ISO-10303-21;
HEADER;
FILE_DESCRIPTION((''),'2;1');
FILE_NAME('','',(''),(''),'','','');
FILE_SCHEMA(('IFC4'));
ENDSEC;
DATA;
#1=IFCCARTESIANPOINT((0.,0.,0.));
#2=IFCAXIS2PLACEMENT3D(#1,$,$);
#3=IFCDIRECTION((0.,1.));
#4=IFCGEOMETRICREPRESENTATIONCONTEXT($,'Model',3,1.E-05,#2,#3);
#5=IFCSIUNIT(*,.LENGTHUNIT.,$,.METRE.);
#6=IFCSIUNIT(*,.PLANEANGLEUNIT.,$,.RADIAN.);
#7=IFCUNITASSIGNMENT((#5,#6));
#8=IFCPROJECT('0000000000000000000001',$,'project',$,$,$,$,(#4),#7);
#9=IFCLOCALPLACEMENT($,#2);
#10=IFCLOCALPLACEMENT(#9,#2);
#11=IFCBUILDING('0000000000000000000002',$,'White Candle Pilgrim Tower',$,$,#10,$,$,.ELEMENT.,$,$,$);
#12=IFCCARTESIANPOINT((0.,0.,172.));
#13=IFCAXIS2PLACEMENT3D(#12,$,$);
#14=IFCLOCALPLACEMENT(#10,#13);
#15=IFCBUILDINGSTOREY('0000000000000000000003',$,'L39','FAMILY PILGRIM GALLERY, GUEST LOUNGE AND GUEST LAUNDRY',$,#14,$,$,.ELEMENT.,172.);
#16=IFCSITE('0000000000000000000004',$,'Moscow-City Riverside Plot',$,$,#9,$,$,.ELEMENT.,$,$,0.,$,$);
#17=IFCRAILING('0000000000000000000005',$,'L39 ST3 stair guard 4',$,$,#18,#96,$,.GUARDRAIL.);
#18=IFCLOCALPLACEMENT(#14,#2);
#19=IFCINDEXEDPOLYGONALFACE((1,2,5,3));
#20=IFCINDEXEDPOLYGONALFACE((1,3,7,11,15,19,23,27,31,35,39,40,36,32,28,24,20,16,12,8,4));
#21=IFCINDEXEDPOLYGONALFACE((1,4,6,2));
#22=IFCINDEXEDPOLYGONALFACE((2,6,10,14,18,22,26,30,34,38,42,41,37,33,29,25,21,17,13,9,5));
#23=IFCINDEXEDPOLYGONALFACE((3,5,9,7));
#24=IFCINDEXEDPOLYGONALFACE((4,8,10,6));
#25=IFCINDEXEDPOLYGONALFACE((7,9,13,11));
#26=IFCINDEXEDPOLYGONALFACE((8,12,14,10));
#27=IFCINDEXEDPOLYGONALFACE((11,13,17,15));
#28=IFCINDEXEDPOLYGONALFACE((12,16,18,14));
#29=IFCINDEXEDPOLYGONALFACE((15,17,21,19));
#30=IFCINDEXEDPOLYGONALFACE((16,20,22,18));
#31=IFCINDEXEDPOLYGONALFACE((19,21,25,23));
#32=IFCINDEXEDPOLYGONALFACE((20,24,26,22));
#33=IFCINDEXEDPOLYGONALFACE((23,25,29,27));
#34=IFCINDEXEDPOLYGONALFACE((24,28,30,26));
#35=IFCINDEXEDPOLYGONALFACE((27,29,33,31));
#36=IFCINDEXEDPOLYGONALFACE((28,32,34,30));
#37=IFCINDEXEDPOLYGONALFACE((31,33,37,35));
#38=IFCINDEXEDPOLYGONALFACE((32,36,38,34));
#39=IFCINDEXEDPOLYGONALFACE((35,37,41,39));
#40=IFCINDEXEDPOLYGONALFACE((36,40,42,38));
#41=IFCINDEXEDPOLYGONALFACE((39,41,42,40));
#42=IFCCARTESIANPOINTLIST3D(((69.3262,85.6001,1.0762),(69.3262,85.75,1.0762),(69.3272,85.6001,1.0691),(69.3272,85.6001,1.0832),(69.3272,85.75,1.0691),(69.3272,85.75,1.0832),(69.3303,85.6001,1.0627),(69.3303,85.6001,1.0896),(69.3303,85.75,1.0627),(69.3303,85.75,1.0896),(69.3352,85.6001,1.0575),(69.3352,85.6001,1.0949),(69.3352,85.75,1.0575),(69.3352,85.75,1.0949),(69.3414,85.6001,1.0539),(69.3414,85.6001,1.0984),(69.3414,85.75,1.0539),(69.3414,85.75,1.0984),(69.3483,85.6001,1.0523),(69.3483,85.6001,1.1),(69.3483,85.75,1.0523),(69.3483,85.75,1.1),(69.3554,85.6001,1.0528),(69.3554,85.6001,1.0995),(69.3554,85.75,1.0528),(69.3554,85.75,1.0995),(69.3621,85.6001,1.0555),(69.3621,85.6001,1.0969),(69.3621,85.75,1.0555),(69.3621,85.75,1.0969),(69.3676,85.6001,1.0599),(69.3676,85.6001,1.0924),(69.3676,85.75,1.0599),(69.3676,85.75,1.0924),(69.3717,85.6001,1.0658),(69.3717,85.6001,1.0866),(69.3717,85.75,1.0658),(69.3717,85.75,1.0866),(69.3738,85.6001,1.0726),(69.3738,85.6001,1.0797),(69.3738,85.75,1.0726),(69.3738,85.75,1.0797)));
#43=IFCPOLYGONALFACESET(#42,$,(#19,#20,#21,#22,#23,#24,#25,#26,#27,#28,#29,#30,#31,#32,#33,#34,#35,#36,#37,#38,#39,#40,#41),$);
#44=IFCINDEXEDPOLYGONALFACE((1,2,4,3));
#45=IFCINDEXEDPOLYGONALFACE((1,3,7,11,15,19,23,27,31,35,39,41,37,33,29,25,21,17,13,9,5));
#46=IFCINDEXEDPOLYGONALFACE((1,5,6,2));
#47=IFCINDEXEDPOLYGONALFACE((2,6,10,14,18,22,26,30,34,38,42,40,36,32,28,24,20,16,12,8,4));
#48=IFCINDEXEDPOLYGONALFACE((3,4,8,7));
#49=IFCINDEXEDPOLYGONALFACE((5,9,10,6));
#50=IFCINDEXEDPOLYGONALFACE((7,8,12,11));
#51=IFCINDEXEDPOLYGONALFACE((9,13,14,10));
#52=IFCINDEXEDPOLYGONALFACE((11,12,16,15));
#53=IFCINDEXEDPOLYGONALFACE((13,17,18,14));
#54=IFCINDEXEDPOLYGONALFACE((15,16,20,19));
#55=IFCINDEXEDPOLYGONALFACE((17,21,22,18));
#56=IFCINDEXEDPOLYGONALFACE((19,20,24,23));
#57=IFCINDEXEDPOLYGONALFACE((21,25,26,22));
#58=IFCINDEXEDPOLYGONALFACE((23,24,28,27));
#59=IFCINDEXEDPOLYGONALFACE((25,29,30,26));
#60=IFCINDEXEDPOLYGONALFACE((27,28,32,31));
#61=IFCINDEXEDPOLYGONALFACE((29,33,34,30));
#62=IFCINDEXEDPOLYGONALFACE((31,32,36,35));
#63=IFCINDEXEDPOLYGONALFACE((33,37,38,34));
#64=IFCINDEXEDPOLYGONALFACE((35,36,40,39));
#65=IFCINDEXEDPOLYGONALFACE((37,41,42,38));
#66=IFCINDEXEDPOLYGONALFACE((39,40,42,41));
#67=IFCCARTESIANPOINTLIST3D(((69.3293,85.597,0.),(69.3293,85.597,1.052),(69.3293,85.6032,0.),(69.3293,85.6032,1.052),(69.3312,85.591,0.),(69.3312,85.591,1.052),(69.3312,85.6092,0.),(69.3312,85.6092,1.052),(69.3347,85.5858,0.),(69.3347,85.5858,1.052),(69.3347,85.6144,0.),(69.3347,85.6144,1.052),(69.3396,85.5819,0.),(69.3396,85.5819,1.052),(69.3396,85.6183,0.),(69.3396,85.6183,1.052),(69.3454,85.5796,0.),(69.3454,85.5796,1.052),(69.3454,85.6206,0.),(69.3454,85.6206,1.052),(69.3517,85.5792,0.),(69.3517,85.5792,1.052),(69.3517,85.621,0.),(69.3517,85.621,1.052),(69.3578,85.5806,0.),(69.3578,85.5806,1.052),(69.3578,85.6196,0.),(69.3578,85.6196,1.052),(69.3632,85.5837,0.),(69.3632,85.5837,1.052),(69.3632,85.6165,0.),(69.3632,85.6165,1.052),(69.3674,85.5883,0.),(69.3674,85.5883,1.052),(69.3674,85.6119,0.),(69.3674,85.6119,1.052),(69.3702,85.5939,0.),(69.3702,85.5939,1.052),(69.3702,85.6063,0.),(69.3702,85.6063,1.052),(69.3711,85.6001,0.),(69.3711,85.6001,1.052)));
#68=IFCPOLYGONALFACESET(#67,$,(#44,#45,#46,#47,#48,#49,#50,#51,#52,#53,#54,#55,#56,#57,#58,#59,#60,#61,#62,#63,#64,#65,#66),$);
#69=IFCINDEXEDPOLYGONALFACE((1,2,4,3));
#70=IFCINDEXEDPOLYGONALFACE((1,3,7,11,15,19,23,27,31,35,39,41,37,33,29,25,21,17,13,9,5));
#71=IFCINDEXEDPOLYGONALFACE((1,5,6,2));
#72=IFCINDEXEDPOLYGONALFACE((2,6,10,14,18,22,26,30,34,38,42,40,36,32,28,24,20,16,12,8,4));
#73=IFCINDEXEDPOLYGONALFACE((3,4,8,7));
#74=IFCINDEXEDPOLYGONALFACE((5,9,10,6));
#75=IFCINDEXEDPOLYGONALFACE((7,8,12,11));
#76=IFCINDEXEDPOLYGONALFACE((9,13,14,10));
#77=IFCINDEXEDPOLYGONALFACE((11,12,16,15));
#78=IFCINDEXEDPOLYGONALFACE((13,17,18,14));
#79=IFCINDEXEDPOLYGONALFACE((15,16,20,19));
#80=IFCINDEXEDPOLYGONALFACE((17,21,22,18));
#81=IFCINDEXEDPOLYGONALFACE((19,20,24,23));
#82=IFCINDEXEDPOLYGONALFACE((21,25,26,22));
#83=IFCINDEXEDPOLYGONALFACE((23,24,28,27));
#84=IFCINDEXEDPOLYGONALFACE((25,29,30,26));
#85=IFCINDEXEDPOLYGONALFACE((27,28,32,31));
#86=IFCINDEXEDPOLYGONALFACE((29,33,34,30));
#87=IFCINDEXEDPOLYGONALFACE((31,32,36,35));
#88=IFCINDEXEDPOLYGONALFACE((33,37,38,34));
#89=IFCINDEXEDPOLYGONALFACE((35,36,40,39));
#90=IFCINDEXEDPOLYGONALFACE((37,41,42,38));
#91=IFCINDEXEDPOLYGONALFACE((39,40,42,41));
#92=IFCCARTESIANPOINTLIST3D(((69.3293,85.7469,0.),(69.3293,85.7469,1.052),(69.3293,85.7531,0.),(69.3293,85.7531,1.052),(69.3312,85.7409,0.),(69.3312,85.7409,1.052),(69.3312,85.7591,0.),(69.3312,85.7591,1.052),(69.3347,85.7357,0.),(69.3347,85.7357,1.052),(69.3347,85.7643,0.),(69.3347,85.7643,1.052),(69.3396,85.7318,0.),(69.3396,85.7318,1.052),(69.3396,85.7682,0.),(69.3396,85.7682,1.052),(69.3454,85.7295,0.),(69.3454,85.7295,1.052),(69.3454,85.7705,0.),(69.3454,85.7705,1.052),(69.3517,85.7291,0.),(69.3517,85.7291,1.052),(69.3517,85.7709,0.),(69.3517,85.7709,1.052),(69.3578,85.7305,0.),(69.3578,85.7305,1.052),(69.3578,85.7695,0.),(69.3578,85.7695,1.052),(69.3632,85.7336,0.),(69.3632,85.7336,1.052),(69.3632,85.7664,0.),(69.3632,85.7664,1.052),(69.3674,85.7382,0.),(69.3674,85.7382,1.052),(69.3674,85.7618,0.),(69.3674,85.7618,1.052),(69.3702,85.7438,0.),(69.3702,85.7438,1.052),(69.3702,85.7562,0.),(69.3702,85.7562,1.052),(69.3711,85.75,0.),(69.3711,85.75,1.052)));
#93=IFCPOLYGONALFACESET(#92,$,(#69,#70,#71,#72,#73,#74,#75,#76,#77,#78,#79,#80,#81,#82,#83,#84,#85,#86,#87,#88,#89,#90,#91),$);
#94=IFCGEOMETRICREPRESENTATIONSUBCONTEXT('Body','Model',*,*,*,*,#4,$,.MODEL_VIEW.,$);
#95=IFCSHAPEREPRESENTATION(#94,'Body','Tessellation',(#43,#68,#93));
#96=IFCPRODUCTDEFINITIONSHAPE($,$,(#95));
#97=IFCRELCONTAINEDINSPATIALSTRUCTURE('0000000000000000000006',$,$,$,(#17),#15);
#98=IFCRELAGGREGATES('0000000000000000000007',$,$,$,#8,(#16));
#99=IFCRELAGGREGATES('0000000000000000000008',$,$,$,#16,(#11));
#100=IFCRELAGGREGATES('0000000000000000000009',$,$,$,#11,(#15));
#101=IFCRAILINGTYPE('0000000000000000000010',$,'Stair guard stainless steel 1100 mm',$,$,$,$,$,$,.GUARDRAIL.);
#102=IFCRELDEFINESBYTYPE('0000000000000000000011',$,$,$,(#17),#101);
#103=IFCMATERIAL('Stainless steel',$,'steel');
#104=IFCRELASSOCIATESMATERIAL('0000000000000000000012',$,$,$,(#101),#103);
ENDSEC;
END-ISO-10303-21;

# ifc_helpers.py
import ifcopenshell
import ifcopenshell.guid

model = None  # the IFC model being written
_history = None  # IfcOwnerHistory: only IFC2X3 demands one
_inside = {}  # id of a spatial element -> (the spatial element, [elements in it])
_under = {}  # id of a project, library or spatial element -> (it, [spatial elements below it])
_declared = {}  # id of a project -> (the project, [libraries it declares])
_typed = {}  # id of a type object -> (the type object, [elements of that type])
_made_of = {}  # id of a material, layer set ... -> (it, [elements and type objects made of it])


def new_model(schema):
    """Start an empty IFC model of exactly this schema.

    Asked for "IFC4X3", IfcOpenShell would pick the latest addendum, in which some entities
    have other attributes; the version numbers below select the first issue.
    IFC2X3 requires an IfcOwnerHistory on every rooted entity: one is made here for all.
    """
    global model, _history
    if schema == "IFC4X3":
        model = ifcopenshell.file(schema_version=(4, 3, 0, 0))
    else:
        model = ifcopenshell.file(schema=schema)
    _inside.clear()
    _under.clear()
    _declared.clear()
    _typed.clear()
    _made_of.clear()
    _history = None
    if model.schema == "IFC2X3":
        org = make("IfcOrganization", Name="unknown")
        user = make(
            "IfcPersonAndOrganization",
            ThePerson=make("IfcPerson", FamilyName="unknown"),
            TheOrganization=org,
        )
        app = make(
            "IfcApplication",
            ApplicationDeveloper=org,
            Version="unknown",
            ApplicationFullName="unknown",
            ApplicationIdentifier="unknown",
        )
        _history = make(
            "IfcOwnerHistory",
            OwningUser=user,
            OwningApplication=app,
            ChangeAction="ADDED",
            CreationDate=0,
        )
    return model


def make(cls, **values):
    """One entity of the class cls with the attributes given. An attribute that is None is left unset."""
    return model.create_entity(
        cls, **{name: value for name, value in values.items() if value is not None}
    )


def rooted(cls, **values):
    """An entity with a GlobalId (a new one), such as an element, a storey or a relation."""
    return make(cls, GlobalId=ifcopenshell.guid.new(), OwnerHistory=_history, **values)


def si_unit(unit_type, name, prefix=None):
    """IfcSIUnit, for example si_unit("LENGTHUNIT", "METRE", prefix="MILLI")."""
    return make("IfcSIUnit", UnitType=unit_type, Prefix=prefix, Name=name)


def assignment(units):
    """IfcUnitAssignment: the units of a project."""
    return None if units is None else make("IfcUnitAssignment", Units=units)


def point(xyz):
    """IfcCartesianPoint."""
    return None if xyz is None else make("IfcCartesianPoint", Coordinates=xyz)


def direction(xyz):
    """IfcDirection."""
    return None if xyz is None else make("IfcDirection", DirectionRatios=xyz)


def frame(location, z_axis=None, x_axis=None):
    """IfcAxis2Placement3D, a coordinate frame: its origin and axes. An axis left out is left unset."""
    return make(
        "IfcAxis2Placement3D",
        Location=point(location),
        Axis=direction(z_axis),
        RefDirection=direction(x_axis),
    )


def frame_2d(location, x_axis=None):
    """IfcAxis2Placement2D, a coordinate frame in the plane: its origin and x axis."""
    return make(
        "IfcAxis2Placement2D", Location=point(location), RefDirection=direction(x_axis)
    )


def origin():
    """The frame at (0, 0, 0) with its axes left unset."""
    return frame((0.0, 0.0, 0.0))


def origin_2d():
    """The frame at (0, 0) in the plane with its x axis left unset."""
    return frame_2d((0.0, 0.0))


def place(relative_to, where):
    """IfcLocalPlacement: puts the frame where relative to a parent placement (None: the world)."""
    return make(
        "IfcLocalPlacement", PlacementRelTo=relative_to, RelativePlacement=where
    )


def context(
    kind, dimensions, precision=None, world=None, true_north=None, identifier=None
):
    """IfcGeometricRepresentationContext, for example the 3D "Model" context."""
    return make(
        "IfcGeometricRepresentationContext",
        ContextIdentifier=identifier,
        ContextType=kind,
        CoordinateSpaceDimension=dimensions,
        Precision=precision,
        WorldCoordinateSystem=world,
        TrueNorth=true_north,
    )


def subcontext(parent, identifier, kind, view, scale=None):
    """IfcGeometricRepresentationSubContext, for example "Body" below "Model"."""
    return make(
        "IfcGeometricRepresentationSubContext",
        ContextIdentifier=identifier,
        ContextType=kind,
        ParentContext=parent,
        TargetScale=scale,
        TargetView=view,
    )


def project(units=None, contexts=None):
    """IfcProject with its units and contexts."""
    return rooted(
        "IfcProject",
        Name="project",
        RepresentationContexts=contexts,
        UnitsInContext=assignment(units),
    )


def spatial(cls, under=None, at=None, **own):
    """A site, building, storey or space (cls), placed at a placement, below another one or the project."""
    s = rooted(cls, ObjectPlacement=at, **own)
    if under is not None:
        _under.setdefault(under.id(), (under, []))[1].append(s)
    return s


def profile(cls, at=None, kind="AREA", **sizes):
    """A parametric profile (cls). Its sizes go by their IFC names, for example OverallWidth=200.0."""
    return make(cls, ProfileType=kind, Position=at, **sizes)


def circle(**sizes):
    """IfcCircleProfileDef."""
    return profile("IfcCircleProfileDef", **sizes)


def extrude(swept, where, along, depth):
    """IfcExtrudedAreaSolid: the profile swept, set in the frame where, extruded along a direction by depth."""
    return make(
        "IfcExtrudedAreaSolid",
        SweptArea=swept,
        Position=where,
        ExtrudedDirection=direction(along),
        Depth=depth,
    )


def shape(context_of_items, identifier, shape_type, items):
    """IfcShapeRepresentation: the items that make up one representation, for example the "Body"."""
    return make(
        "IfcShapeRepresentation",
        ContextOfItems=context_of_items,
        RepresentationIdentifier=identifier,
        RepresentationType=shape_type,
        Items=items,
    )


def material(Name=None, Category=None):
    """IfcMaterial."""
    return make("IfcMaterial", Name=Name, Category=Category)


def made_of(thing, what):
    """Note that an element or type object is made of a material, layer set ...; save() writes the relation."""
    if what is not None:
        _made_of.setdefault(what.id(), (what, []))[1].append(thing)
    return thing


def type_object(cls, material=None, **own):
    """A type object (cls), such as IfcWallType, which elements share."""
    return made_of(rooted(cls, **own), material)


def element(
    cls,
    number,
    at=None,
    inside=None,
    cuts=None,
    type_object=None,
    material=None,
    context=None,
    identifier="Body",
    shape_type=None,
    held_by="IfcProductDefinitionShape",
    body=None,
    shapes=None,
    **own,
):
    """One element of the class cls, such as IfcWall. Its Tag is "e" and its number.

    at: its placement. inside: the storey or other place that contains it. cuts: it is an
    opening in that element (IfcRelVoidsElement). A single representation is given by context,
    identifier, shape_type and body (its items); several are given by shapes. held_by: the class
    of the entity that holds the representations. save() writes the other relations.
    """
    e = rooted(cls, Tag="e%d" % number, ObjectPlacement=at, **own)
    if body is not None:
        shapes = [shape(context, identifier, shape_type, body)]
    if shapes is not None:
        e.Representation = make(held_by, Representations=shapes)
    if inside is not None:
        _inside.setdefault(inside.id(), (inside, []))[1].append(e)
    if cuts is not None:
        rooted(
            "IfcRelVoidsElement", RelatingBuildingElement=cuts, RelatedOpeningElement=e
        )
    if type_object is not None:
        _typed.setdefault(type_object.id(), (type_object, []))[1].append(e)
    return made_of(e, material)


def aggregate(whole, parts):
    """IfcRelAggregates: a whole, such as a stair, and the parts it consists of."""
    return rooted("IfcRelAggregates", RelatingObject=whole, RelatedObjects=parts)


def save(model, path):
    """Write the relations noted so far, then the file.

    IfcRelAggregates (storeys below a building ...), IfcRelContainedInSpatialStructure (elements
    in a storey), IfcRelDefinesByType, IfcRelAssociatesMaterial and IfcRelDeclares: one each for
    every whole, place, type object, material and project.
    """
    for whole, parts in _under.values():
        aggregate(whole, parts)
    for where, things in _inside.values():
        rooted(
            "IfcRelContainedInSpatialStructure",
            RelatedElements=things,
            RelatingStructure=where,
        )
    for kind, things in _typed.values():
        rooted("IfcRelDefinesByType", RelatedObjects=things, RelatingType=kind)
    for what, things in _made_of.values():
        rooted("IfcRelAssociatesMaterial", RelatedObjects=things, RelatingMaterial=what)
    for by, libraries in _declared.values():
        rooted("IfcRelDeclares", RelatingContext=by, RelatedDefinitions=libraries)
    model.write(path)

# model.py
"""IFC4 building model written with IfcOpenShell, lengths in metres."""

from ifc_helpers import new_model, si_unit, direction, frame, origin, origin_2d, place, context, subcontext, project, spatial, circle, extrude, material, type_object, element, save


model = new_model("IFC4")

# Units and contexts
model_context = context("Model", 3, precision=1e-05, world=origin(), true_north=direction((0.0, 1.0)))
body_context = subcontext(model_context, "Body", "Model", "MODEL_VIEW")
ifc_project = project(units=[si_unit("LENGTHUNIT", "METRE"), si_unit("PLANEANGLEUNIT", "RADIAN")], contexts=[model_context])

# Site, building, storey
site_placement = place(None, origin())
site = spatial("IfcSite", under=ifc_project, at=site_placement, Name="Moscow-City Riverside Plot", CompositionType="ELEMENT", RefElevation=0.0)
building_placement = place(site_placement, origin())
building = spatial("IfcBuilding", under=site, at=building_placement, Name="White Candle Pilgrim Tower", CompositionType="ELEMENT")
storey_placement = place(building_placement, frame((0.0, 0.0, 172.0)))
storey = spatial("IfcBuildingStorey", under=building, at=storey_placement, Name="L39", Description="FAMILY PILGRIM GALLERY, GUEST LOUNGE AND GUEST LAUNDRY", CompositionType="ELEMENT", Elevation=172.0)

# Railing
ifc_material_1 = material(Name="Stainless steel", Category="steel")
railing_type_1 = type_object("IfcRailingType", Name="Stair guard stainless steel 1100 mm", PredefinedType="GUARDRAIL", material=ifc_material_1)
railing_1_placement = place(storey_placement, frame((69.3501, 85.6001, 0.0)))
element("IfcRailing", 1, at=railing_1_placement, inside=storey, type_object=railing_type_1, Name="L39 ST3 stair guard 4", PredefinedType="GUARDRAIL", context=body_context, shape_type="SweptSolid", body=[
    extrude(circle(Radius=0.0239, at=origin_2d()), frame((0.0, 0.0, 1.0762), z_axis=(0.0, 1.0, 0.0), x_axis=(-1.0, 0.0, 0.0)), (0.0, 0.0, 1.0), 0.1499),
    extrude(circle(Radius=0.021, at=origin_2d()), origin(), (0.0, 0.0, 1.0), 1.052),
    extrude(circle(Radius=0.021, at=origin_2d()), frame((0.0, 0.1499, 0.0)), (0.0, 0.0, 1.0), 1.052),
])

save(model, "model.ifc")
